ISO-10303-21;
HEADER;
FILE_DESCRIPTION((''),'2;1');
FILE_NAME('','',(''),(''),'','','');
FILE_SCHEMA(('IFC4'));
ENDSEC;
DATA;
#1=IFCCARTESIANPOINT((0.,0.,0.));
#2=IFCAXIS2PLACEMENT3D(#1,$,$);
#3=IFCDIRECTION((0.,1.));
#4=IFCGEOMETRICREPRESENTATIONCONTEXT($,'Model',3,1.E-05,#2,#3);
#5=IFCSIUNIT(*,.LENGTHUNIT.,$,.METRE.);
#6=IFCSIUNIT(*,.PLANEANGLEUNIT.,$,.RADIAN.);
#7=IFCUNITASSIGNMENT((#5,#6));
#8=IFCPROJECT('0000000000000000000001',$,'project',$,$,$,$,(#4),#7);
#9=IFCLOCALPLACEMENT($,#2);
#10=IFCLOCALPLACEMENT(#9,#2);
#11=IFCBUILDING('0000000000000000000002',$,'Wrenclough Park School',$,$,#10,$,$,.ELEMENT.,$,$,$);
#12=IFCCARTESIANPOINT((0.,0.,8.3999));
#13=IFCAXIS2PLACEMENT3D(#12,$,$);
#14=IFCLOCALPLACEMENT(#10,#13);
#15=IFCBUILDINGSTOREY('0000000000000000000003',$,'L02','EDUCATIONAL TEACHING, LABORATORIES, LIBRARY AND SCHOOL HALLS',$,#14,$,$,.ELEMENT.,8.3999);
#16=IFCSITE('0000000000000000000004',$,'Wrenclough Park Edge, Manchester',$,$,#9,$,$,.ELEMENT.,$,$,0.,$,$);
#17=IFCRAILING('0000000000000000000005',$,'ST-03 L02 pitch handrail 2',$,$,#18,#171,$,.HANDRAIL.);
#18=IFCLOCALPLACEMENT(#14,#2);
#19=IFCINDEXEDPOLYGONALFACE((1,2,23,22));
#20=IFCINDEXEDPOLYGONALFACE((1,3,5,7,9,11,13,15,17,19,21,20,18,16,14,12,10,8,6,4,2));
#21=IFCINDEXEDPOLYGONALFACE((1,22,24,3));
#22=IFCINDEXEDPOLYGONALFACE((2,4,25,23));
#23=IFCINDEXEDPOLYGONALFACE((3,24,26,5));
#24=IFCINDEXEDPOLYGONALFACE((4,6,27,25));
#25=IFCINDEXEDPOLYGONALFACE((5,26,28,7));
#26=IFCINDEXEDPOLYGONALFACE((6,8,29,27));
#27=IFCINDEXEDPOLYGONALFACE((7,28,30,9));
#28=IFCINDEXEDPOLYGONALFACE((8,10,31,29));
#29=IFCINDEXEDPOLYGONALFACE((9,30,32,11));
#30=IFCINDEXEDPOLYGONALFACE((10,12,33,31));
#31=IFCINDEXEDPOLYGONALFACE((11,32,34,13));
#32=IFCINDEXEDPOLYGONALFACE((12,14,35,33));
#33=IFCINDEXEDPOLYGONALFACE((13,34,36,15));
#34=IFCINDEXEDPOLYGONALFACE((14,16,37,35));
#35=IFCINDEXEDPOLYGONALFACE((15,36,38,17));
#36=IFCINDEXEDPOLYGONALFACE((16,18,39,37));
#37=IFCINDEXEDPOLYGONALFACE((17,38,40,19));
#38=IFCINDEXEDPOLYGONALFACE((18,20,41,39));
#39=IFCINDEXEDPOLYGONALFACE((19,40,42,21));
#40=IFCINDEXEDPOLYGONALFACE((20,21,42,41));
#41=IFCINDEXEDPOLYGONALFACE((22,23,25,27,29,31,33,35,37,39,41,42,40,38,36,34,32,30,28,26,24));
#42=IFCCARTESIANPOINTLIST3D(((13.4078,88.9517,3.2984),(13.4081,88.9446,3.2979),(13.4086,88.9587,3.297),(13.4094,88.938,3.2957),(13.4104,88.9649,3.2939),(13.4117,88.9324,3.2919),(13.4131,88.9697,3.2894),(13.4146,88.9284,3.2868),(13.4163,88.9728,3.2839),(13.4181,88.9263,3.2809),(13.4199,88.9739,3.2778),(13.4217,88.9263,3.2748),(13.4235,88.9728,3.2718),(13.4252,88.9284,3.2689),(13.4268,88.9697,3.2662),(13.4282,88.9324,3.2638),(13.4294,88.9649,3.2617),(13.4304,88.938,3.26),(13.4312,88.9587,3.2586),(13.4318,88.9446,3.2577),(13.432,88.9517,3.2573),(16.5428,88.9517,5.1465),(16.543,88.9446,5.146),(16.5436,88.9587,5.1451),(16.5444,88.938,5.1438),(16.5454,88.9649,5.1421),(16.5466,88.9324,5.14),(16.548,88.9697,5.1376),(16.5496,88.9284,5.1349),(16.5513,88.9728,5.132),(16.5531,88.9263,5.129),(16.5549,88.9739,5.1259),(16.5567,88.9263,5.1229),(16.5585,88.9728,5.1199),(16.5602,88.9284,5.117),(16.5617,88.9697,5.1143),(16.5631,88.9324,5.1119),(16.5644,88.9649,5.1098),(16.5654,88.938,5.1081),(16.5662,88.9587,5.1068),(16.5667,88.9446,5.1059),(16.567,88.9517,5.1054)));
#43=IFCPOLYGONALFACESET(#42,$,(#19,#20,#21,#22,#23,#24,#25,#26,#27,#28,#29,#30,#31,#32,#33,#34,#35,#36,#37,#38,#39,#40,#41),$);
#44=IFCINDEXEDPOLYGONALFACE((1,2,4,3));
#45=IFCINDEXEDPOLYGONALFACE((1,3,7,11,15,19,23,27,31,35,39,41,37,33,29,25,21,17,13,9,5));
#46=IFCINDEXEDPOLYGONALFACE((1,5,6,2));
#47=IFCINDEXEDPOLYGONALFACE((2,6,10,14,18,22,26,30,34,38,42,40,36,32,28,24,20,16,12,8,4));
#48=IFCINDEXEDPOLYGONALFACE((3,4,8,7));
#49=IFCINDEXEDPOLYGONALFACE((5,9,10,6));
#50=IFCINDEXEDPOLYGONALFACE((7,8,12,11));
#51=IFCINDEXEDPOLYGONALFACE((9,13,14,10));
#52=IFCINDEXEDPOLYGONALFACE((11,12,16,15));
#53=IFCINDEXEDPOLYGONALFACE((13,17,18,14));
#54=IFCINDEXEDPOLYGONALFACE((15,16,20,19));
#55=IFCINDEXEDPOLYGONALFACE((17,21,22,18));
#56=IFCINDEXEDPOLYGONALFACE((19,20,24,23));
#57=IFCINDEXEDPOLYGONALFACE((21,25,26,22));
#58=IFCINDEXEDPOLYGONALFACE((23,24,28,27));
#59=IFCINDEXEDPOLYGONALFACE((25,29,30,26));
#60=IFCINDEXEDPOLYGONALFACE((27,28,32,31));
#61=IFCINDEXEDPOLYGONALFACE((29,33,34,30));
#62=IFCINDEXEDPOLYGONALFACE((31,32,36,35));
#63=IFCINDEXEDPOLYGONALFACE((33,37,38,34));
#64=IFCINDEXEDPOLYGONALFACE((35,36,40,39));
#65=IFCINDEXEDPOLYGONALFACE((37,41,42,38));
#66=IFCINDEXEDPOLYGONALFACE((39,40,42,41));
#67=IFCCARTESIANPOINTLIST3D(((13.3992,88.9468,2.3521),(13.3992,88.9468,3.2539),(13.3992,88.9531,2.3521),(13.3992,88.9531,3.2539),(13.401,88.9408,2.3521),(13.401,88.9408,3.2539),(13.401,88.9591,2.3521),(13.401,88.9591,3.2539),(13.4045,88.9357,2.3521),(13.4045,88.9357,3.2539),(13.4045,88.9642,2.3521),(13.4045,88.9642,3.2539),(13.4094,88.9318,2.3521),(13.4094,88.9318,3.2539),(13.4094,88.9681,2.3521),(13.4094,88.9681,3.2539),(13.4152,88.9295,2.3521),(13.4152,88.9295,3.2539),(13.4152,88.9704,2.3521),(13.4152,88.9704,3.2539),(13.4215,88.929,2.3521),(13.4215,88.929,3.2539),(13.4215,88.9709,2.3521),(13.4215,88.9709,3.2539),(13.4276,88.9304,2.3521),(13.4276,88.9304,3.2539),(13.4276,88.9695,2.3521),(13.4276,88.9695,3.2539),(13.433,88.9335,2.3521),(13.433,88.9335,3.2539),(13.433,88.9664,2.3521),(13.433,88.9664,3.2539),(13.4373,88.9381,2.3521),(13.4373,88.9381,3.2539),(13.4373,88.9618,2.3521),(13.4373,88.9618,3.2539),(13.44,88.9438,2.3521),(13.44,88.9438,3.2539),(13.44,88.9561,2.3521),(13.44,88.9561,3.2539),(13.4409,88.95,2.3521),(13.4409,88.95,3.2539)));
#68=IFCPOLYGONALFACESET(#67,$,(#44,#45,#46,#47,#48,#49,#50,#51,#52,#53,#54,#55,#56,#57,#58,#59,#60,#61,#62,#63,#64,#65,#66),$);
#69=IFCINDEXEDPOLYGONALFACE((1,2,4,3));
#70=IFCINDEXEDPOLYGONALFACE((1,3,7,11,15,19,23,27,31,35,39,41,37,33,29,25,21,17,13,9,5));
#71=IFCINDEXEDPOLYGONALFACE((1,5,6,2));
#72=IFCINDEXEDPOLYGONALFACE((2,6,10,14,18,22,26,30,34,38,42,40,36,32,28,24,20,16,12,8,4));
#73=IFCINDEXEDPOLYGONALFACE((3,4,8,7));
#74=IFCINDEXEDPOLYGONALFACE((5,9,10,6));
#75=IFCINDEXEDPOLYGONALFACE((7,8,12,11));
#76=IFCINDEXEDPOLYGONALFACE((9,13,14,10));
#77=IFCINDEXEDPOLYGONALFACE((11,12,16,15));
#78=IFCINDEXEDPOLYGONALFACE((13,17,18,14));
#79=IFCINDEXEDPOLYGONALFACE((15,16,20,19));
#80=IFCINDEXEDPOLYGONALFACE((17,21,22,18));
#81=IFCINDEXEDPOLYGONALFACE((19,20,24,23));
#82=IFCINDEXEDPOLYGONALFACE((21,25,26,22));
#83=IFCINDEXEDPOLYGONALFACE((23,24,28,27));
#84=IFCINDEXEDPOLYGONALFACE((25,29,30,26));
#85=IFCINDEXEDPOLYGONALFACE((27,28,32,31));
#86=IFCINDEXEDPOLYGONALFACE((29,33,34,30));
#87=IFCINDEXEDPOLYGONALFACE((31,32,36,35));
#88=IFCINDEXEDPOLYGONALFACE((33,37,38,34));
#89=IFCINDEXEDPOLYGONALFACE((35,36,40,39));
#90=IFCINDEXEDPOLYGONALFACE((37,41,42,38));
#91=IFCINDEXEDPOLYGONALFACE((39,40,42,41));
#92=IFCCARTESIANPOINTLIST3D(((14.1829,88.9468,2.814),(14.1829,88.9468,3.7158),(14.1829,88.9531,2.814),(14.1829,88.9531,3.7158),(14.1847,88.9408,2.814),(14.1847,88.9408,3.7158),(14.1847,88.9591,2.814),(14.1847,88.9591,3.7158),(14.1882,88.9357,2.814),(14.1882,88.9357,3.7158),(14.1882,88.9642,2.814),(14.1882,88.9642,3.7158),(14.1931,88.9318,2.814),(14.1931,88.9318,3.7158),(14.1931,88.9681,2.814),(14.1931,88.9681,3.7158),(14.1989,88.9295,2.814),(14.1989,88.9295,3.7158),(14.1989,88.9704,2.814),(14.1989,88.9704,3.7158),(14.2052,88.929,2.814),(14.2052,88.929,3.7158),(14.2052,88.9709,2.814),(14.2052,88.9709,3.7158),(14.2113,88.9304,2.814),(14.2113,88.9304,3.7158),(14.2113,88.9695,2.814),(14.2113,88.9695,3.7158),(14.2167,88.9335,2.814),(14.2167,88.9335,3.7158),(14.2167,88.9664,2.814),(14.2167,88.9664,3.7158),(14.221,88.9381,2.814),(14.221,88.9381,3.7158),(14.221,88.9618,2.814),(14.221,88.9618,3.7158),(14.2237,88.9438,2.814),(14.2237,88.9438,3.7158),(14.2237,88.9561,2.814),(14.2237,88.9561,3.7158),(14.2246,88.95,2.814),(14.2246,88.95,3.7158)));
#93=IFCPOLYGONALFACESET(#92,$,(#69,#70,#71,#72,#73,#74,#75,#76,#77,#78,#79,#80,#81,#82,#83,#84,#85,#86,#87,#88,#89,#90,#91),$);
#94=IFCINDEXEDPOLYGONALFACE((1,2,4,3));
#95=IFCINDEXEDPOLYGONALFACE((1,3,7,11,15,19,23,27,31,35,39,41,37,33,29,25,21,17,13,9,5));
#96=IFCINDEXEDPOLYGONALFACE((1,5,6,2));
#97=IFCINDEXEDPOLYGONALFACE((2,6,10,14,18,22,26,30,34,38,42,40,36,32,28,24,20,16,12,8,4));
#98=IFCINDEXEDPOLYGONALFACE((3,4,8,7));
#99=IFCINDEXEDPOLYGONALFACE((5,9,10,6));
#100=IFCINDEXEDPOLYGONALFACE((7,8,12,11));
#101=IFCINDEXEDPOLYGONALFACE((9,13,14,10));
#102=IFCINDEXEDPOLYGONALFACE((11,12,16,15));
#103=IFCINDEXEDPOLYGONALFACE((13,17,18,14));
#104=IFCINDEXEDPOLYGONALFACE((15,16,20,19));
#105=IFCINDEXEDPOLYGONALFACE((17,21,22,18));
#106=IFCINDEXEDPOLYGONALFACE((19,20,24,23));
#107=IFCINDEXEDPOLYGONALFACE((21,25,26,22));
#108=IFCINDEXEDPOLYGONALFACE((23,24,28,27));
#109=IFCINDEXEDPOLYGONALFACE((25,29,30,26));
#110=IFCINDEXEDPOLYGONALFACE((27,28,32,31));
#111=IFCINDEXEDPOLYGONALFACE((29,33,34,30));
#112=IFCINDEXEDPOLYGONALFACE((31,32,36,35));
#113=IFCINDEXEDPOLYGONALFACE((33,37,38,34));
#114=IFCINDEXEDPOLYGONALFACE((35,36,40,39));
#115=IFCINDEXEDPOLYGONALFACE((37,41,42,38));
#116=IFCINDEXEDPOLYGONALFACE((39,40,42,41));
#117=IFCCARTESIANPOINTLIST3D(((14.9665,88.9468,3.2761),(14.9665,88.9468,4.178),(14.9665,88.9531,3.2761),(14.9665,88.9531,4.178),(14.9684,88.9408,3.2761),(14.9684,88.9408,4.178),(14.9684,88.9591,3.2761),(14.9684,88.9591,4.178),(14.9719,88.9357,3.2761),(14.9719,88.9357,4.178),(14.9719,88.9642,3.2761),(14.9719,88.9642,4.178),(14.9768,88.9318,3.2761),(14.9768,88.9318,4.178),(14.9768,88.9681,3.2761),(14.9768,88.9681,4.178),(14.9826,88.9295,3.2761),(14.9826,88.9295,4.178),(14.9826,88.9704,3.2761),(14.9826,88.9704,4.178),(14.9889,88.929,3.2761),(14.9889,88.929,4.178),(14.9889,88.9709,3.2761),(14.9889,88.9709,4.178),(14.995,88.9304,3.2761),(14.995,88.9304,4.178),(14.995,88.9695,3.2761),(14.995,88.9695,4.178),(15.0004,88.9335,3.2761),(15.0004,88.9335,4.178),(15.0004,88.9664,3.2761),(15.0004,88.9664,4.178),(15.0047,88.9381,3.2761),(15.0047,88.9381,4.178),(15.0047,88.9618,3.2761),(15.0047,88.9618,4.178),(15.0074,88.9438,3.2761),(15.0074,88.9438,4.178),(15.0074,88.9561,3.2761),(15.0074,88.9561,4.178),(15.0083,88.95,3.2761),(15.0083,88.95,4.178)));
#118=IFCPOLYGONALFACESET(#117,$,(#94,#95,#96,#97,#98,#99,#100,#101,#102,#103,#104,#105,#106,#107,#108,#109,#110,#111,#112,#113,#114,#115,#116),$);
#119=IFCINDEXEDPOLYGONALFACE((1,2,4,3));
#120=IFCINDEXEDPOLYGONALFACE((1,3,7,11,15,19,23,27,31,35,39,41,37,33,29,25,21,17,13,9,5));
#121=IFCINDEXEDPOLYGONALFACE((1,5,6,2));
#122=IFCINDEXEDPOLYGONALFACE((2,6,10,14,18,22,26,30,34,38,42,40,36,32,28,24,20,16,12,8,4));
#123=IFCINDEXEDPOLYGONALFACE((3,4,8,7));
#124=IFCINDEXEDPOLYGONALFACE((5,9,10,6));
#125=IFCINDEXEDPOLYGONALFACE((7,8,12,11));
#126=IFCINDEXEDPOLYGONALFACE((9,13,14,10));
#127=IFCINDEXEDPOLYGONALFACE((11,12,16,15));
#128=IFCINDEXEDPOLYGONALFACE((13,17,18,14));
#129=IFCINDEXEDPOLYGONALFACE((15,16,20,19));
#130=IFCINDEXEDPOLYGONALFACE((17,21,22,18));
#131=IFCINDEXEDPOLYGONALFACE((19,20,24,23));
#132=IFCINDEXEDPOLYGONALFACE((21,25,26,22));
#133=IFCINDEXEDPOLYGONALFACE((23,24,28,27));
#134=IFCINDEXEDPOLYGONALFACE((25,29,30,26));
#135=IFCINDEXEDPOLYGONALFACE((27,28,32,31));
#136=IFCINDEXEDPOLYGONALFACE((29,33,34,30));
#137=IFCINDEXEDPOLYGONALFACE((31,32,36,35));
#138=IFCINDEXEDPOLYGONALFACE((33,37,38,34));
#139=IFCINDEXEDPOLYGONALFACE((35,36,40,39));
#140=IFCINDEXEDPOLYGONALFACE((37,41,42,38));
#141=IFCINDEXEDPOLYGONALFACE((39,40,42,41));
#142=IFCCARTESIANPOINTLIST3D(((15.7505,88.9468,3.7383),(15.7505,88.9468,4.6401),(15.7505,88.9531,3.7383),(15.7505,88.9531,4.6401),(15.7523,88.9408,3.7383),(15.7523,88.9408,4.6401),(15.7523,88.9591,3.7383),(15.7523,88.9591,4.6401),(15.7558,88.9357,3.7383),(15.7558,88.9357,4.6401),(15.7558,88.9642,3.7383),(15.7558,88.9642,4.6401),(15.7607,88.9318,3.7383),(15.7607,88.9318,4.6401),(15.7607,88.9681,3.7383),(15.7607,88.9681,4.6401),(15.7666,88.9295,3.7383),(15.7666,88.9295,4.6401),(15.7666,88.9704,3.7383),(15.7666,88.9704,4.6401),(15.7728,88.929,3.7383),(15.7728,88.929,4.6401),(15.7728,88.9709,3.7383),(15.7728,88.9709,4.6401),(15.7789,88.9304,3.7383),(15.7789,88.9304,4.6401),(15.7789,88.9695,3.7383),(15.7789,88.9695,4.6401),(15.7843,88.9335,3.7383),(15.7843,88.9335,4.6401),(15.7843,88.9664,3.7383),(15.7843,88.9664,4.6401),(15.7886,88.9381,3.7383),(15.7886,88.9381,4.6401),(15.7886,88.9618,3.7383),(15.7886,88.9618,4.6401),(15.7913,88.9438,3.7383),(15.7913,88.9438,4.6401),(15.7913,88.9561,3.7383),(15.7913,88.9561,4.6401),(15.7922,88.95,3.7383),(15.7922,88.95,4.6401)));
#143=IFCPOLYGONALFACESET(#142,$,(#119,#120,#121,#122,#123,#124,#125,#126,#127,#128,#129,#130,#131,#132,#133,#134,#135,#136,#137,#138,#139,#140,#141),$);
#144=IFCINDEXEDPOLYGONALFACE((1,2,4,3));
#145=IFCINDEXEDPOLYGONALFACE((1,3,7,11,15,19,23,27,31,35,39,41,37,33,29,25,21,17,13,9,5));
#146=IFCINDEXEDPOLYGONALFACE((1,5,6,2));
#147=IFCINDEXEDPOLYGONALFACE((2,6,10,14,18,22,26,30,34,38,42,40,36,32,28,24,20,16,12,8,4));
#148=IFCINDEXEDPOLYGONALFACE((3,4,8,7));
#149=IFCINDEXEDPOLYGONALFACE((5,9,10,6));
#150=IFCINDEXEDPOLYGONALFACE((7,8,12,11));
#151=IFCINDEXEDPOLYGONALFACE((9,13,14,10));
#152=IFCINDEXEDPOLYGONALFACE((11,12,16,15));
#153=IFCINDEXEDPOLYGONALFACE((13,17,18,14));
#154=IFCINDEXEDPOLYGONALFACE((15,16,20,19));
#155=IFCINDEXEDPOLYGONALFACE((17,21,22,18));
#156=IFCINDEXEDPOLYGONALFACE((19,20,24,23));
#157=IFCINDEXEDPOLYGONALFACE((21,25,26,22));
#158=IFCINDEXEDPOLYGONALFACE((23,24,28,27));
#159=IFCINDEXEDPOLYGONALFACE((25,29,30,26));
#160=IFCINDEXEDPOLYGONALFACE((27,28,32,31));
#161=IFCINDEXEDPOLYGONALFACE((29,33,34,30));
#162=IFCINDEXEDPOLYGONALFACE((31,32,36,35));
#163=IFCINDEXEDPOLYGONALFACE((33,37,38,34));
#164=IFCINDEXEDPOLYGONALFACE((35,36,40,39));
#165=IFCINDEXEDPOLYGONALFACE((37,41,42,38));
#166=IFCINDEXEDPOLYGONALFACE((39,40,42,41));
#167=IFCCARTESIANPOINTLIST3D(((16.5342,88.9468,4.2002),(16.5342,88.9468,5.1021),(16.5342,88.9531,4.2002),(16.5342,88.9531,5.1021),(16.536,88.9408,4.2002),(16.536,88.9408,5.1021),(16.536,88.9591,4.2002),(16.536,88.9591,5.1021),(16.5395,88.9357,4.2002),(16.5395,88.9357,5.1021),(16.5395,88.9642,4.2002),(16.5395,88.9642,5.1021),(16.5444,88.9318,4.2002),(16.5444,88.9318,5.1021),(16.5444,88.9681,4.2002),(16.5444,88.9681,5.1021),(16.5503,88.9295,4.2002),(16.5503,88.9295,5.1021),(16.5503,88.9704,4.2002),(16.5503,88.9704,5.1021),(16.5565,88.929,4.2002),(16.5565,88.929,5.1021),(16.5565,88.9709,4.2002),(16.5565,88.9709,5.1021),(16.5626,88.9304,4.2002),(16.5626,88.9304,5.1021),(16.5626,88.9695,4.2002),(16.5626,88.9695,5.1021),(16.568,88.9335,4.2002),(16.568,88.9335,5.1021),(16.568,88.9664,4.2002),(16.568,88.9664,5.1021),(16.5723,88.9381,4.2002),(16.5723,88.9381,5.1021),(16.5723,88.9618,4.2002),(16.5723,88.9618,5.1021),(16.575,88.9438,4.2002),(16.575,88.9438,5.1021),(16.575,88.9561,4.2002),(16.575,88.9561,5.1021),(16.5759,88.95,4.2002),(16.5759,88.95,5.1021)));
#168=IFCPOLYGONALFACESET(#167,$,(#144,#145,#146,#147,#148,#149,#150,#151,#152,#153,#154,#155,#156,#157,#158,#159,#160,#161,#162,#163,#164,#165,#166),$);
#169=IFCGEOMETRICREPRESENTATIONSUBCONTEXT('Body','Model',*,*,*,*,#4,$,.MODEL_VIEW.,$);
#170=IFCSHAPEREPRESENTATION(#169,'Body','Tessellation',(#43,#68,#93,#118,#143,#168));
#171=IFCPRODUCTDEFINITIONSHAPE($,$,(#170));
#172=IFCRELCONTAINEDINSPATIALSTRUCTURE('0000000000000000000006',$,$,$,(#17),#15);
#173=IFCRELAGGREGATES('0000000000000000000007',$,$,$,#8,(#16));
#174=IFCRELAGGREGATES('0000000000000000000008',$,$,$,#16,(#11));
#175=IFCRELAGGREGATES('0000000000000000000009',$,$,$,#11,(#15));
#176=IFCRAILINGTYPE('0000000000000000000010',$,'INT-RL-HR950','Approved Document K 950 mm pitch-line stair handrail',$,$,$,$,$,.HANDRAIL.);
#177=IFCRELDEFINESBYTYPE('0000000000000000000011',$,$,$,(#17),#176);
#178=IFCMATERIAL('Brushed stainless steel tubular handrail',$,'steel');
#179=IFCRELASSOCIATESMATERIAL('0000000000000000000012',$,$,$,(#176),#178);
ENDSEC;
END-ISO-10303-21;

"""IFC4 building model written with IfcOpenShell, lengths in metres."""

from ifc_helpers import new_model, si_unit, direction, frame, origin, origin_2d, place, context, subcontext, project, spatial, circle, extrude, material, type_object, element, save


model = new_model("IFC4")

# Units and contexts
model_context = context("Model", 3, precision=1e-05, world=origin(), true_north=direction((0.0, 1.0)))
body_context = subcontext(model_context, "Body", "Model", "MODEL_VIEW")
ifc_project = project(units=[si_unit("LENGTHUNIT", "METRE"), si_unit("PLANEANGLEUNIT", "RADIAN")], contexts=[model_context])

# Site, building, storey
site_placement = place(None, origin())
site = spatial("IfcSite", under=ifc_project, at=site_placement, Name="Wrenclough Park Edge, Manchester", CompositionType="ELEMENT", RefElevation=0.0)
building_placement = place(site_placement, origin())
building = spatial("IfcBuilding", under=site, at=building_placement, Name="Wrenclough Park School", CompositionType="ELEMENT")
storey_placement = place(building_placement, frame((0.0, 0.0, 8.3999)))
storey = spatial("IfcBuildingStorey", under=building, at=storey_placement, Name="L02", Description="EDUCATIONAL TEACHING, LABORATORIES, LIBRARY AND SCHOOL HALLS", CompositionType="ELEMENT", Elevation=8.3999)

# Railing
ifc_material_1 = material(Name="Brushed stainless steel tubular handrail", Category="steel")
railing_type_1 = type_object("IfcRailingType", Name="INT-RL-HR950", Description="Approved Document K 950 mm pitch-line stair handrail", PredefinedType="HANDRAIL", material=ifc_material_1)
railing_1_placement = place(storey_placement, frame((13.4199, 88.95, 2.3521)))
element("IfcRailing", 1, at=railing_1_placement, inside=storey, type_object=railing_type_1, Name="ST-03 L02 pitch handrail 2", PredefinedType="HANDRAIL", context=body_context, shape_type="SweptSolid", body=[
    extrude(circle(Radius=0.0239, at=origin_2d()), frame((0.0, 0.0, 0.9258), z_axis=(0.861451, 0.0, 0.507841), x_axis=(0.0, 1.0, 0.0)), (0.0, 0.0, 1.0), 3.6392),
    extrude(circle(Radius=0.021, at=origin_2d()), origin(), (0.0, 0.0, 1.0), 0.9019),
    extrude(circle(Radius=0.021, at=origin_2d()), frame((0.7837, 0.0, 0.4619)), (0.0, 0.0, 1.0), 0.9019),
    extrude(circle(Radius=0.021, at=origin_2d()), frame((1.5674, 0.0, 0.9241)), (0.0, 0.0, 1.0), 0.9019),
    extrude(circle(Radius=0.021, at=origin_2d()), frame((2.3513, 0.0, 1.3862)), (0.0, 0.0, 1.0), 0.9019),
    extrude(circle(Radius=0.021, at=origin_2d()), frame((3.135, 0.0, 1.8481)), (0.0, 0.0, 1.0), 0.9019),
])

save(model, "model.ifc")
